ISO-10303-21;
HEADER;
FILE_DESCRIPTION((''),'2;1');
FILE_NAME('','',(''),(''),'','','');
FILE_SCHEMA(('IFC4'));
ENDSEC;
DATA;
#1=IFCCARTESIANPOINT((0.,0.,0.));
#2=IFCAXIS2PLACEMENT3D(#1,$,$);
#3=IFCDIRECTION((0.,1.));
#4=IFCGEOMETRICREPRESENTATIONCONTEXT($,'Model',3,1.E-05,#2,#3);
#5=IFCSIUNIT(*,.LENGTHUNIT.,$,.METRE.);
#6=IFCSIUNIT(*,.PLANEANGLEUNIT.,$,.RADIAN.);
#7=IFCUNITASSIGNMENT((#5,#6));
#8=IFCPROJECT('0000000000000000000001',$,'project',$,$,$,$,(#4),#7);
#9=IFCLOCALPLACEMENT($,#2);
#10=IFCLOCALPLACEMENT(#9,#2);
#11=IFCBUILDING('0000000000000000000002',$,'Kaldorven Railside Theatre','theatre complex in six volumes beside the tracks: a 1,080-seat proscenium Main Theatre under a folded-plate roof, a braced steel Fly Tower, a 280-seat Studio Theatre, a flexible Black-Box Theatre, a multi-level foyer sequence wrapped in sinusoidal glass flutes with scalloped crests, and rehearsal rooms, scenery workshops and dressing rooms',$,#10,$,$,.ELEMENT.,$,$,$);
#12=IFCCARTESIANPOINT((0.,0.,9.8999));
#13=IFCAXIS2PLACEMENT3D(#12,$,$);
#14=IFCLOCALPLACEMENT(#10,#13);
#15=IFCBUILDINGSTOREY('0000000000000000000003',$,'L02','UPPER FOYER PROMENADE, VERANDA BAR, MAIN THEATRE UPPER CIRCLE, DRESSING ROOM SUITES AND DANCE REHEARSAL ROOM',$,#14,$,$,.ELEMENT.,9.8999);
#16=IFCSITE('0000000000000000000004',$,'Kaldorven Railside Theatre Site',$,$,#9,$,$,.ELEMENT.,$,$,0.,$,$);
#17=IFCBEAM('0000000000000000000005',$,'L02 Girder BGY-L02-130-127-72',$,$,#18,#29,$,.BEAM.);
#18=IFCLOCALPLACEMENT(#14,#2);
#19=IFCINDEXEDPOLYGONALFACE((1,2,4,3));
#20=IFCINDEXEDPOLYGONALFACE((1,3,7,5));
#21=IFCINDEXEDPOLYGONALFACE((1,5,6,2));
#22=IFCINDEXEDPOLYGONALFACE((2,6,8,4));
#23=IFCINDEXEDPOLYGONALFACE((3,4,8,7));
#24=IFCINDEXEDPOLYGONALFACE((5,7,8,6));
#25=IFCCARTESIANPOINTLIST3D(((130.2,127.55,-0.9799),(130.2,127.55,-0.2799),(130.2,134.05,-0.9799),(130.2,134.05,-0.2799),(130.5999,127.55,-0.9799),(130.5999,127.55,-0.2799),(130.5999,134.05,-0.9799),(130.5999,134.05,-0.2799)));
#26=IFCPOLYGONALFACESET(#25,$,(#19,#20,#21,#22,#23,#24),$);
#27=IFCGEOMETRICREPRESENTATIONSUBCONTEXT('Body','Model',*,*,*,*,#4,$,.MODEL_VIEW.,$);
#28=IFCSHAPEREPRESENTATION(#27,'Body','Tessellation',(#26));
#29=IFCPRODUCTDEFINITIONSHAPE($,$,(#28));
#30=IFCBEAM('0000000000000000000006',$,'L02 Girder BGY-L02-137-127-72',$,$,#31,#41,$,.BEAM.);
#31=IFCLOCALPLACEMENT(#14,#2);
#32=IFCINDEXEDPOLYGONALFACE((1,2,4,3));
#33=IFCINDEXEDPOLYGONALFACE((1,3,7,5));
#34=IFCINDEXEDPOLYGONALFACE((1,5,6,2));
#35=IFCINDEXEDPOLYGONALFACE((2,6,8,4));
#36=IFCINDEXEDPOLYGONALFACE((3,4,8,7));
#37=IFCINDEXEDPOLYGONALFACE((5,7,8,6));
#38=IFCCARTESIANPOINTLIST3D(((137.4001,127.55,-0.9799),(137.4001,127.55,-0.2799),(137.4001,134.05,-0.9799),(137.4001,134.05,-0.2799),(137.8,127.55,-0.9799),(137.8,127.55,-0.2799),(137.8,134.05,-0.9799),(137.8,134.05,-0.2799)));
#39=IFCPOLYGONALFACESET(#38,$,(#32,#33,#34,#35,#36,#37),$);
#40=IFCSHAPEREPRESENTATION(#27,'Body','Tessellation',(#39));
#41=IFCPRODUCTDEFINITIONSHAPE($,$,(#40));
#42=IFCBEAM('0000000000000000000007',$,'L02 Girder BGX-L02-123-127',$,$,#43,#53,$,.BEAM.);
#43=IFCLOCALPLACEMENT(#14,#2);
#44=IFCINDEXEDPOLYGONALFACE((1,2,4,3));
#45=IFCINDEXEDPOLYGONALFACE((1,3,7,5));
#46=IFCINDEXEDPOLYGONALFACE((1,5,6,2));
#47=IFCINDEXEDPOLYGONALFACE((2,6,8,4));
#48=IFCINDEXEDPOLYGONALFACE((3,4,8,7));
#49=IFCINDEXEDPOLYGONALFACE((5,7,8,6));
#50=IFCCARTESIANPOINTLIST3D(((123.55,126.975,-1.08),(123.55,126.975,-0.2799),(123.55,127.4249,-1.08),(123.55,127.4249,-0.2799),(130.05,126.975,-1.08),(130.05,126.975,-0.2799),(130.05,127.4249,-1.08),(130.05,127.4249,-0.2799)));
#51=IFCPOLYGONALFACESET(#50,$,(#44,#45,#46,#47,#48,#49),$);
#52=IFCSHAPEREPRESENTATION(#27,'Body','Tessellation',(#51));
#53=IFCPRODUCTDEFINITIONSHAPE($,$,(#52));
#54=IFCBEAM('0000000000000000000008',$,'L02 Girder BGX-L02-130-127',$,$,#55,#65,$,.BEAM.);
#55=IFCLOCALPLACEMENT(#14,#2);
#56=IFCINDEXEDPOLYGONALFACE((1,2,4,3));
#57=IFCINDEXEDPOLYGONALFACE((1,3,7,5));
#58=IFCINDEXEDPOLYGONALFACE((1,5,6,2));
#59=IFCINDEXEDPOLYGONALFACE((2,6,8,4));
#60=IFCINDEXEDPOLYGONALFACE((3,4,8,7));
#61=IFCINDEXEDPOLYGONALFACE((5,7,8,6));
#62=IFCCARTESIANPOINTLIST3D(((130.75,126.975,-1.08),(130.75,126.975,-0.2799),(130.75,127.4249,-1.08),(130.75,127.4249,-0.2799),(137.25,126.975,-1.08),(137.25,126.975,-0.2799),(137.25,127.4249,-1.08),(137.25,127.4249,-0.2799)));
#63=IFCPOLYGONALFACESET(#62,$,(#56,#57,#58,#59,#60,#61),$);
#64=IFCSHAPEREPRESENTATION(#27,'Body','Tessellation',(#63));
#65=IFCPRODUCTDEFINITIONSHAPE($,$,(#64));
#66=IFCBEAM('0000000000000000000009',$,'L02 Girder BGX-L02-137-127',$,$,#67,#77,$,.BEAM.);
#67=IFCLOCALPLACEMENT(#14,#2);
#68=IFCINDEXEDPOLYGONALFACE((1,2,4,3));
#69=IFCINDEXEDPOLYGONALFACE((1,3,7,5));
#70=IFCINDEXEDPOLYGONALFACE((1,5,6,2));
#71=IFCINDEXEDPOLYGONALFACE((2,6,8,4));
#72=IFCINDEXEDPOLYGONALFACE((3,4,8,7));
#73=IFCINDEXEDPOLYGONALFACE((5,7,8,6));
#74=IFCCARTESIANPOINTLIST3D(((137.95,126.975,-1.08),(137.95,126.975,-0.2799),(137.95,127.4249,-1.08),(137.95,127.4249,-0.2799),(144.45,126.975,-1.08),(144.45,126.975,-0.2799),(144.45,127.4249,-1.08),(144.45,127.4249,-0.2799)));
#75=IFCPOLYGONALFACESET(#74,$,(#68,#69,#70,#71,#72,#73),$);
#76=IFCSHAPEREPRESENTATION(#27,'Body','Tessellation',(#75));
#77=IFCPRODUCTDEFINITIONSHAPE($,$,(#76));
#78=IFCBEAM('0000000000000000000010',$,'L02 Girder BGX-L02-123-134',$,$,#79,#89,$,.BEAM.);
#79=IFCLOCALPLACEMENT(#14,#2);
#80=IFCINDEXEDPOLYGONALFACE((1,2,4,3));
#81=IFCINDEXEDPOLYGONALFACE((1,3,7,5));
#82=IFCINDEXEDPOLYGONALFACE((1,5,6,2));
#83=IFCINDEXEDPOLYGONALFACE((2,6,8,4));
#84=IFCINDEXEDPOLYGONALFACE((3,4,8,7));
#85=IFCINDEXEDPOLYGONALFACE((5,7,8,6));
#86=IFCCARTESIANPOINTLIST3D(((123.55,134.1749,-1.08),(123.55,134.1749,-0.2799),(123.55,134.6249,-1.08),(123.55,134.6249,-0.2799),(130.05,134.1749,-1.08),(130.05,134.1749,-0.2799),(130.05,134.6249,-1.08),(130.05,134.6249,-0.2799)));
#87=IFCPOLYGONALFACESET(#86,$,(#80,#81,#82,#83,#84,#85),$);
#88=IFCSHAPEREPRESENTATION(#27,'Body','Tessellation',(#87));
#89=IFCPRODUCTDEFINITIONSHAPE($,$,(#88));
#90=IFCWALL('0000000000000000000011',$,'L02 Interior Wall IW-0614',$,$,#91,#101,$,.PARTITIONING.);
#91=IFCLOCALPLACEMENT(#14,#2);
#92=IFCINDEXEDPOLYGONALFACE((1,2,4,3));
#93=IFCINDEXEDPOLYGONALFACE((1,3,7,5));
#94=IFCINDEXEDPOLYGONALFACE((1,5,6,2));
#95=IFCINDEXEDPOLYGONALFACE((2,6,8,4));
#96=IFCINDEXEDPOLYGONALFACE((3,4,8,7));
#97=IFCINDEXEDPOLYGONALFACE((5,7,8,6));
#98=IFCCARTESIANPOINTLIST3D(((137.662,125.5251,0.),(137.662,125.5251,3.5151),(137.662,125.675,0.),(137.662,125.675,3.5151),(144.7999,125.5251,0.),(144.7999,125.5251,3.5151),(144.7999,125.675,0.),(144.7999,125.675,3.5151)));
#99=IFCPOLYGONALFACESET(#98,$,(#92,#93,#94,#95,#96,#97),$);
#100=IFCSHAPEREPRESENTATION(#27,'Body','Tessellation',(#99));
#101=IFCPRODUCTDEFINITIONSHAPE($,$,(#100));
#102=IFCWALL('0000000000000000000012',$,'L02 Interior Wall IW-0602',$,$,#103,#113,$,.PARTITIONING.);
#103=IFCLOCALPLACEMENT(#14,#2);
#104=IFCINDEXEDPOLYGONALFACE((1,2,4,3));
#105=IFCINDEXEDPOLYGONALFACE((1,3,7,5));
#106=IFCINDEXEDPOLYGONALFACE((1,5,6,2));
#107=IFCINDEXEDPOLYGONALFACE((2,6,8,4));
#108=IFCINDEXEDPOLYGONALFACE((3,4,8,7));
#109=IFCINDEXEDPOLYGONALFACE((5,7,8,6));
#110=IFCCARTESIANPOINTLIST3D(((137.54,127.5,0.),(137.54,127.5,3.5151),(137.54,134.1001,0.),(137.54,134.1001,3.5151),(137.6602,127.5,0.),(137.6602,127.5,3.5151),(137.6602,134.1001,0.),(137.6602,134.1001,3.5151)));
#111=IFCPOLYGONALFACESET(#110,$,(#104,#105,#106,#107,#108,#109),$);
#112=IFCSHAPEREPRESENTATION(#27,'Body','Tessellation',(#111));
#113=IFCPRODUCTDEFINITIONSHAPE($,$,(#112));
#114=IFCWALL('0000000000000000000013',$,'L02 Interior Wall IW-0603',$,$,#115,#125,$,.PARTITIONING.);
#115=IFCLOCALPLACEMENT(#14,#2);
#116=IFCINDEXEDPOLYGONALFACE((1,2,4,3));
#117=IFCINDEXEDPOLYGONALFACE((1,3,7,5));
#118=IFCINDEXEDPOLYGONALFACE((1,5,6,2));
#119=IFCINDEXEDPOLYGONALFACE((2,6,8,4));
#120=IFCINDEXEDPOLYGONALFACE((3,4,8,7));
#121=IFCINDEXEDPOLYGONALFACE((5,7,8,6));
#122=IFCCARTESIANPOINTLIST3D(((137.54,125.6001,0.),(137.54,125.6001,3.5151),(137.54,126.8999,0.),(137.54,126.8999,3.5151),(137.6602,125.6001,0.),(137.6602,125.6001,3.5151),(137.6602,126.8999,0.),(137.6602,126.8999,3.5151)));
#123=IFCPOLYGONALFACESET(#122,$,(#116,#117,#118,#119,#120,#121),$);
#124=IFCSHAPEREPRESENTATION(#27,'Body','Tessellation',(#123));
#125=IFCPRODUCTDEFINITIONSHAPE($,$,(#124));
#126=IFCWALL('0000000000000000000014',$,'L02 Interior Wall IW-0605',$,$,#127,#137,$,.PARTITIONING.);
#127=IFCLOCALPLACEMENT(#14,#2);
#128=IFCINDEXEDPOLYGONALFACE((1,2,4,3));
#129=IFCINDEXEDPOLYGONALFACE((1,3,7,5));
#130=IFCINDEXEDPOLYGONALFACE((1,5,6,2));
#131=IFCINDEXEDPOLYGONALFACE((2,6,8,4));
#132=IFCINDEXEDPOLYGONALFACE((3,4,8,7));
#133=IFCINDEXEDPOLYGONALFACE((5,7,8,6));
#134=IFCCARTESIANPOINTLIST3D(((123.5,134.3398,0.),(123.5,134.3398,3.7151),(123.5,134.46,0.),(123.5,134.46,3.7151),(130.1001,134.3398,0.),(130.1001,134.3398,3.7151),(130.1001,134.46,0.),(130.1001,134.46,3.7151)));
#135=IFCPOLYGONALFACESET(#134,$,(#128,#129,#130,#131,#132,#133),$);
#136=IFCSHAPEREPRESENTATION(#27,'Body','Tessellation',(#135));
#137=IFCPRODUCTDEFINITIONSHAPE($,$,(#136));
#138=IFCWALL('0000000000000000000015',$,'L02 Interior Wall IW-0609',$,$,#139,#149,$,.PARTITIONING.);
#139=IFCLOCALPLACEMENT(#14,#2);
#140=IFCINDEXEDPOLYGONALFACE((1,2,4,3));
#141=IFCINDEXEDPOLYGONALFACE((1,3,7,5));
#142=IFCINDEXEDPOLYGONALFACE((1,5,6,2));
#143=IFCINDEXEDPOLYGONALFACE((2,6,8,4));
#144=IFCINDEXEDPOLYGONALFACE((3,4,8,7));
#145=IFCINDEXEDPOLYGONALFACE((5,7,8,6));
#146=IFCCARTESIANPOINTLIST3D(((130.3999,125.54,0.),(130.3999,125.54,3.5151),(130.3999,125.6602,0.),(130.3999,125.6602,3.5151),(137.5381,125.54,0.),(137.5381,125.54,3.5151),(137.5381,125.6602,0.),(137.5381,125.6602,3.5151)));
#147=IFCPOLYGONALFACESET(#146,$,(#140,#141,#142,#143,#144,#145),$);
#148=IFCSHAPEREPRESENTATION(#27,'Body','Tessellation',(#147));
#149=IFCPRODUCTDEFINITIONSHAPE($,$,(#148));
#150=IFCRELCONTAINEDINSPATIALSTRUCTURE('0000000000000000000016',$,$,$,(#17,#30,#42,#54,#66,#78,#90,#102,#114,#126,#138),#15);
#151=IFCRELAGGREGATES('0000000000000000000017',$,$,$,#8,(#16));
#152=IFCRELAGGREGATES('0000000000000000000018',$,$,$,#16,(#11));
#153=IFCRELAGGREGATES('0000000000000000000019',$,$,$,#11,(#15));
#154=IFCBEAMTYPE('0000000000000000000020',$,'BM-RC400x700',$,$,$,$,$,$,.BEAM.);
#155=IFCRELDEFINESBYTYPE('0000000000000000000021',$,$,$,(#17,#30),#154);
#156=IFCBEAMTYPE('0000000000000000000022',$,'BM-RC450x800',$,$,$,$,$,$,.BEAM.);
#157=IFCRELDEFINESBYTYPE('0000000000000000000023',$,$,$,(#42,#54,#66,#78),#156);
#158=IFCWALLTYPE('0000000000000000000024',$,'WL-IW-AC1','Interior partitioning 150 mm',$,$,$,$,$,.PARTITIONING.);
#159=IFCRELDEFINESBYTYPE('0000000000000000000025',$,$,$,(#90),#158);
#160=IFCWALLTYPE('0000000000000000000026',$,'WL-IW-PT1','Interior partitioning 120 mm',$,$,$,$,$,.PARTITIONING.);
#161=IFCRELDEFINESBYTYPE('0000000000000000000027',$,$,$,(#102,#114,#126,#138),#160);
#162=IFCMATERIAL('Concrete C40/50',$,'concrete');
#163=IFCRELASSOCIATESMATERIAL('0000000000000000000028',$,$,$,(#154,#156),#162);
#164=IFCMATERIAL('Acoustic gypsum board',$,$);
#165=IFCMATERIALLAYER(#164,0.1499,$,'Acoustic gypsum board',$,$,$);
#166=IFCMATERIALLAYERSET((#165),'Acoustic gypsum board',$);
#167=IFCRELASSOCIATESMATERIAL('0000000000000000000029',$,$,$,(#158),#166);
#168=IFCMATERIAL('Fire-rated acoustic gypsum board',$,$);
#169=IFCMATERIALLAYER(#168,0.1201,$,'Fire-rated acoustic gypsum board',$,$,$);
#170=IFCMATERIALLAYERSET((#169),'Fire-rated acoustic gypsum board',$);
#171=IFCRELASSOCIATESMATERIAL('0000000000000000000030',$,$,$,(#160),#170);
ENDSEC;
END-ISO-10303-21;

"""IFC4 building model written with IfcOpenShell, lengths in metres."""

from ifc_helpers import new_model, si_unit, direction, frame, frame_2d, origin, origin_2d, place, context, subcontext, project, spatial, rectangle, extrude, material, layer, layer_set, material_profile, profile_set, type_object, element, save


model = new_model("IFC4")

# Units and contexts
model_context = context("Model", 3, precision=1e-05, world=origin(), true_north=direction((0.0, 1.0)))
body_context = subcontext(model_context, "Body", "Model", "MODEL_VIEW")
ifc_project = project(units=[si_unit("LENGTHUNIT", "METRE"), si_unit("PLANEANGLEUNIT", "RADIAN")], contexts=[model_context])

# Site, building, storey
site_placement = place(None, origin())
site = spatial("IfcSite", under=ifc_project, at=site_placement, Name="Kaldorven Railside Theatre Site", CompositionType="ELEMENT", RefElevation=0.0)
building_placement = place(site_placement, origin())
building = spatial("IfcBuilding", under=site, at=building_placement, Name="Kaldorven Railside Theatre", Description="theatre complex in six volumes beside the tracks: a 1,080-seat proscenium Main Theatre under a folded-plate roof, a braced steel Fly Tower, a 280-seat Studio Theatre, a flexible Black-Box Theatre, a multi-level foyer sequence wrapped in sinusoidal glass flutes with scalloped crests, and rehearsal rooms, scenery workshops and dressing rooms", CompositionType="ELEMENT")
storey_placement = place(building_placement, frame((0.0, 0.0, 9.8999)))
storey = spatial("IfcBuildingStorey", under=building, at=storey_placement, Name="L02", Description="UPPER FOYER PROMENADE, VERANDA BAR, MAIN THEATRE UPPER CIRCLE, DRESSING ROOM SUITES AND DANCE REHEARSAL ROOM", CompositionType="ELEMENT", Elevation=9.8999)

# Shared definitions
ifc_material_1 = material(Name="Concrete C40/50", Category="concrete")

# Beams
ifc_material_profile_1 = material_profile(ifc_material_1, rectangle(XDim=0.3999, YDim=0.7, at=origin_2d()), Name="RC 400x700")
ifc_profile_set_1 = profile_set([ifc_material_profile_1], Name="Concrete C40/50")
beam_type_1 = type_object("IfcBeamType", Name="BM-RC400x700", PredefinedType="BEAM", material=ifc_profile_set_1)
for number, where, z_axis, x_axis, name in (
    (1, (130.3999, 127.55, -0.6299), (0.0, 1.0, 0.0), (-1.0, 0.0, 0.0), "L02 Girder BGY-L02-130-127-72"),
    (2, (137.6001, 127.55, -0.6299), (0.0, 1.0, 0.0), (-1.0, 0.0, 0.0), "L02 Girder BGY-L02-137-127-72"),
):
    element("IfcBeam", number, at=place(storey_placement, frame(where, z_axis=z_axis, x_axis=x_axis)), inside=storey, type_object=beam_type_1, Name=name, PredefinedType="BEAM", context=body_context, shape_type="SweptSolid", body=[
        extrude(rectangle(XDim=0.3999, YDim=0.7, at=origin_2d()), origin(), (0.0, 0.0, 1.0), 6.5),
    ])
ifc_material_profile_2 = material_profile(ifc_material_1, rectangle(XDim=0.45, YDim=0.8, at=origin_2d()), Name="RC 450x800")
ifc_profile_set_2 = profile_set([ifc_material_profile_2], Name="Concrete C40/50")
beam_type_2 = type_object("IfcBeamType", Name="BM-RC450x800", PredefinedType="BEAM", material=ifc_profile_set_2)
for number, where, z_axis, x_axis, name in (
    (3, (123.55, 127.2, -0.6799), (1.0, 0.0, 0.0), (0.0, 1.0, 0.0), "L02 Girder BGX-L02-123-127"),
    (4, (130.75, 127.2, -0.6799), (1.0, 0.0, 0.0), (0.0, 1.0, 0.0), "L02 Girder BGX-L02-130-127"),
    (5, (137.95, 127.2, -0.6799), (1.0, 0.0, 0.0), (0.0, 1.0, 0.0), "L02 Girder BGX-L02-137-127"),
    (6, (123.55, 134.3999, -0.6799), (1.0, 0.0, 0.0), (0.0, 1.0, 0.0), "L02 Girder BGX-L02-123-134"),
):
    element("IfcBeam", number, at=place(storey_placement, frame(where, z_axis=z_axis, x_axis=x_axis)), inside=storey, type_object=beam_type_2, Name=name, PredefinedType="BEAM", context=body_context, shape_type="SweptSolid", body=[
        extrude(rectangle(XDim=0.45, YDim=0.8, at=origin_2d()), origin(), (0.0, 0.0, 1.0), 6.5),
    ])

# Walls
ifc_material_2 = material(Name="Acoustic gypsum board")
ifc_layer_1 = layer(ifc_material_2, 0.1499, Name="Acoustic gypsum board")
ifc_layer_set_1 = layer_set([ifc_layer_1], Name="Acoustic gypsum board")
wall_type_1 = type_object("IfcWallType", Name="WL-IW-AC1", Description="Interior partitioning 150 mm", PredefinedType="PARTITIONING", material=ifc_layer_set_1)
wall_1_placement = place(storey_placement, frame((137.6621, 125.6001, 0.0), z_axis=(0.0, 0.0, 1.0), x_axis=(1.0, 0.0, 0.0)))
element("IfcWall", 7, at=wall_1_placement, inside=storey, type_object=wall_type_1, Name="L02 Interior Wall IW-0614", PredefinedType="PARTITIONING", context=body_context, shape_type="SweptSolid", body=[
    extrude(rectangle(XDim=7.1379, YDim=0.1499, at=frame_2d((3.5688, 0.0))), origin(), (0.0, 0.0, 1.0), 3.5151),
])
ifc_material_3 = material(Name="Fire-rated acoustic gypsum board")
ifc_layer_2 = layer(ifc_material_3, 0.1201, Name="Fire-rated acoustic gypsum board")
ifc_layer_set_2 = layer_set([ifc_layer_2], Name="Fire-rated acoustic gypsum board")
wall_type_2 = type_object("IfcWallType", Name="WL-IW-PT1", Description="Interior partitioning 120 mm", PredefinedType="PARTITIONING", material=ifc_layer_set_2)
wall_2_placement = place(storey_placement, frame((137.6001, 127.5, 0.0), z_axis=(0.0, 0.0, 1.0), x_axis=(0.0, 1.0, 0.0)))
element("IfcWall", 8, at=wall_2_placement, inside=storey, type_object=wall_type_2, Name="L02 Interior Wall IW-0602", PredefinedType="PARTITIONING", context=body_context, shape_type="SweptSolid", body=[
    extrude(rectangle(XDim=6.6001, YDim=0.1201, at=frame_2d((3.3, 0.0))), origin(), (0.0, 0.0, 1.0), 3.5151),
])
wall_3_placement = place(storey_placement, frame((137.6001, 125.6001, 0.0), z_axis=(0.0, 0.0, 1.0), x_axis=(0.0, 1.0, 0.0)))
element("IfcWall", 9, at=wall_3_placement, inside=storey, type_object=wall_type_2, Name="L02 Interior Wall IW-0603", PredefinedType="PARTITIONING", context=body_context, shape_type="SweptSolid", body=[
    extrude(rectangle(XDim=1.2998, YDim=0.1201, at=frame_2d((0.6499, 0.0))), origin(), (0.0, 0.0, 1.0), 3.5151),
])
wall_4_placement = place(storey_placement, frame((130.1001, 134.3999, 0.0), z_axis=(0.0, 0.0, 1.0), x_axis=(-1.0, 0.0, 0.0)))
element("IfcWall", 10, at=wall_4_placement, inside=storey, type_object=wall_type_2, Name="L02 Interior Wall IW-0605", PredefinedType="PARTITIONING", context=body_context, shape_type="SweptSolid", body=[
    extrude(rectangle(XDim=6.6001, YDim=0.1201, at=frame_2d((3.3, 0.0))), origin(), (0.0, 0.0, 1.0), 3.7151),
])
wall_5_placement = place(storey_placement, frame((130.3999, 125.6001, 0.0), z_axis=(0.0, 0.0, 1.0), x_axis=(1.0, 0.0, 0.0)))
element("IfcWall", 11, at=wall_5_placement, inside=storey, type_object=wall_type_2, Name="L02 Interior Wall IW-0609", PredefinedType="PARTITIONING", context=body_context, shape_type="SweptSolid", body=[
    extrude(rectangle(XDim=7.1382, YDim=0.1201, at=frame_2d((3.5691, 0.0))), origin(), (0.0, 0.0, 1.0), 3.5151),
])

save(model, "model.ifc")
